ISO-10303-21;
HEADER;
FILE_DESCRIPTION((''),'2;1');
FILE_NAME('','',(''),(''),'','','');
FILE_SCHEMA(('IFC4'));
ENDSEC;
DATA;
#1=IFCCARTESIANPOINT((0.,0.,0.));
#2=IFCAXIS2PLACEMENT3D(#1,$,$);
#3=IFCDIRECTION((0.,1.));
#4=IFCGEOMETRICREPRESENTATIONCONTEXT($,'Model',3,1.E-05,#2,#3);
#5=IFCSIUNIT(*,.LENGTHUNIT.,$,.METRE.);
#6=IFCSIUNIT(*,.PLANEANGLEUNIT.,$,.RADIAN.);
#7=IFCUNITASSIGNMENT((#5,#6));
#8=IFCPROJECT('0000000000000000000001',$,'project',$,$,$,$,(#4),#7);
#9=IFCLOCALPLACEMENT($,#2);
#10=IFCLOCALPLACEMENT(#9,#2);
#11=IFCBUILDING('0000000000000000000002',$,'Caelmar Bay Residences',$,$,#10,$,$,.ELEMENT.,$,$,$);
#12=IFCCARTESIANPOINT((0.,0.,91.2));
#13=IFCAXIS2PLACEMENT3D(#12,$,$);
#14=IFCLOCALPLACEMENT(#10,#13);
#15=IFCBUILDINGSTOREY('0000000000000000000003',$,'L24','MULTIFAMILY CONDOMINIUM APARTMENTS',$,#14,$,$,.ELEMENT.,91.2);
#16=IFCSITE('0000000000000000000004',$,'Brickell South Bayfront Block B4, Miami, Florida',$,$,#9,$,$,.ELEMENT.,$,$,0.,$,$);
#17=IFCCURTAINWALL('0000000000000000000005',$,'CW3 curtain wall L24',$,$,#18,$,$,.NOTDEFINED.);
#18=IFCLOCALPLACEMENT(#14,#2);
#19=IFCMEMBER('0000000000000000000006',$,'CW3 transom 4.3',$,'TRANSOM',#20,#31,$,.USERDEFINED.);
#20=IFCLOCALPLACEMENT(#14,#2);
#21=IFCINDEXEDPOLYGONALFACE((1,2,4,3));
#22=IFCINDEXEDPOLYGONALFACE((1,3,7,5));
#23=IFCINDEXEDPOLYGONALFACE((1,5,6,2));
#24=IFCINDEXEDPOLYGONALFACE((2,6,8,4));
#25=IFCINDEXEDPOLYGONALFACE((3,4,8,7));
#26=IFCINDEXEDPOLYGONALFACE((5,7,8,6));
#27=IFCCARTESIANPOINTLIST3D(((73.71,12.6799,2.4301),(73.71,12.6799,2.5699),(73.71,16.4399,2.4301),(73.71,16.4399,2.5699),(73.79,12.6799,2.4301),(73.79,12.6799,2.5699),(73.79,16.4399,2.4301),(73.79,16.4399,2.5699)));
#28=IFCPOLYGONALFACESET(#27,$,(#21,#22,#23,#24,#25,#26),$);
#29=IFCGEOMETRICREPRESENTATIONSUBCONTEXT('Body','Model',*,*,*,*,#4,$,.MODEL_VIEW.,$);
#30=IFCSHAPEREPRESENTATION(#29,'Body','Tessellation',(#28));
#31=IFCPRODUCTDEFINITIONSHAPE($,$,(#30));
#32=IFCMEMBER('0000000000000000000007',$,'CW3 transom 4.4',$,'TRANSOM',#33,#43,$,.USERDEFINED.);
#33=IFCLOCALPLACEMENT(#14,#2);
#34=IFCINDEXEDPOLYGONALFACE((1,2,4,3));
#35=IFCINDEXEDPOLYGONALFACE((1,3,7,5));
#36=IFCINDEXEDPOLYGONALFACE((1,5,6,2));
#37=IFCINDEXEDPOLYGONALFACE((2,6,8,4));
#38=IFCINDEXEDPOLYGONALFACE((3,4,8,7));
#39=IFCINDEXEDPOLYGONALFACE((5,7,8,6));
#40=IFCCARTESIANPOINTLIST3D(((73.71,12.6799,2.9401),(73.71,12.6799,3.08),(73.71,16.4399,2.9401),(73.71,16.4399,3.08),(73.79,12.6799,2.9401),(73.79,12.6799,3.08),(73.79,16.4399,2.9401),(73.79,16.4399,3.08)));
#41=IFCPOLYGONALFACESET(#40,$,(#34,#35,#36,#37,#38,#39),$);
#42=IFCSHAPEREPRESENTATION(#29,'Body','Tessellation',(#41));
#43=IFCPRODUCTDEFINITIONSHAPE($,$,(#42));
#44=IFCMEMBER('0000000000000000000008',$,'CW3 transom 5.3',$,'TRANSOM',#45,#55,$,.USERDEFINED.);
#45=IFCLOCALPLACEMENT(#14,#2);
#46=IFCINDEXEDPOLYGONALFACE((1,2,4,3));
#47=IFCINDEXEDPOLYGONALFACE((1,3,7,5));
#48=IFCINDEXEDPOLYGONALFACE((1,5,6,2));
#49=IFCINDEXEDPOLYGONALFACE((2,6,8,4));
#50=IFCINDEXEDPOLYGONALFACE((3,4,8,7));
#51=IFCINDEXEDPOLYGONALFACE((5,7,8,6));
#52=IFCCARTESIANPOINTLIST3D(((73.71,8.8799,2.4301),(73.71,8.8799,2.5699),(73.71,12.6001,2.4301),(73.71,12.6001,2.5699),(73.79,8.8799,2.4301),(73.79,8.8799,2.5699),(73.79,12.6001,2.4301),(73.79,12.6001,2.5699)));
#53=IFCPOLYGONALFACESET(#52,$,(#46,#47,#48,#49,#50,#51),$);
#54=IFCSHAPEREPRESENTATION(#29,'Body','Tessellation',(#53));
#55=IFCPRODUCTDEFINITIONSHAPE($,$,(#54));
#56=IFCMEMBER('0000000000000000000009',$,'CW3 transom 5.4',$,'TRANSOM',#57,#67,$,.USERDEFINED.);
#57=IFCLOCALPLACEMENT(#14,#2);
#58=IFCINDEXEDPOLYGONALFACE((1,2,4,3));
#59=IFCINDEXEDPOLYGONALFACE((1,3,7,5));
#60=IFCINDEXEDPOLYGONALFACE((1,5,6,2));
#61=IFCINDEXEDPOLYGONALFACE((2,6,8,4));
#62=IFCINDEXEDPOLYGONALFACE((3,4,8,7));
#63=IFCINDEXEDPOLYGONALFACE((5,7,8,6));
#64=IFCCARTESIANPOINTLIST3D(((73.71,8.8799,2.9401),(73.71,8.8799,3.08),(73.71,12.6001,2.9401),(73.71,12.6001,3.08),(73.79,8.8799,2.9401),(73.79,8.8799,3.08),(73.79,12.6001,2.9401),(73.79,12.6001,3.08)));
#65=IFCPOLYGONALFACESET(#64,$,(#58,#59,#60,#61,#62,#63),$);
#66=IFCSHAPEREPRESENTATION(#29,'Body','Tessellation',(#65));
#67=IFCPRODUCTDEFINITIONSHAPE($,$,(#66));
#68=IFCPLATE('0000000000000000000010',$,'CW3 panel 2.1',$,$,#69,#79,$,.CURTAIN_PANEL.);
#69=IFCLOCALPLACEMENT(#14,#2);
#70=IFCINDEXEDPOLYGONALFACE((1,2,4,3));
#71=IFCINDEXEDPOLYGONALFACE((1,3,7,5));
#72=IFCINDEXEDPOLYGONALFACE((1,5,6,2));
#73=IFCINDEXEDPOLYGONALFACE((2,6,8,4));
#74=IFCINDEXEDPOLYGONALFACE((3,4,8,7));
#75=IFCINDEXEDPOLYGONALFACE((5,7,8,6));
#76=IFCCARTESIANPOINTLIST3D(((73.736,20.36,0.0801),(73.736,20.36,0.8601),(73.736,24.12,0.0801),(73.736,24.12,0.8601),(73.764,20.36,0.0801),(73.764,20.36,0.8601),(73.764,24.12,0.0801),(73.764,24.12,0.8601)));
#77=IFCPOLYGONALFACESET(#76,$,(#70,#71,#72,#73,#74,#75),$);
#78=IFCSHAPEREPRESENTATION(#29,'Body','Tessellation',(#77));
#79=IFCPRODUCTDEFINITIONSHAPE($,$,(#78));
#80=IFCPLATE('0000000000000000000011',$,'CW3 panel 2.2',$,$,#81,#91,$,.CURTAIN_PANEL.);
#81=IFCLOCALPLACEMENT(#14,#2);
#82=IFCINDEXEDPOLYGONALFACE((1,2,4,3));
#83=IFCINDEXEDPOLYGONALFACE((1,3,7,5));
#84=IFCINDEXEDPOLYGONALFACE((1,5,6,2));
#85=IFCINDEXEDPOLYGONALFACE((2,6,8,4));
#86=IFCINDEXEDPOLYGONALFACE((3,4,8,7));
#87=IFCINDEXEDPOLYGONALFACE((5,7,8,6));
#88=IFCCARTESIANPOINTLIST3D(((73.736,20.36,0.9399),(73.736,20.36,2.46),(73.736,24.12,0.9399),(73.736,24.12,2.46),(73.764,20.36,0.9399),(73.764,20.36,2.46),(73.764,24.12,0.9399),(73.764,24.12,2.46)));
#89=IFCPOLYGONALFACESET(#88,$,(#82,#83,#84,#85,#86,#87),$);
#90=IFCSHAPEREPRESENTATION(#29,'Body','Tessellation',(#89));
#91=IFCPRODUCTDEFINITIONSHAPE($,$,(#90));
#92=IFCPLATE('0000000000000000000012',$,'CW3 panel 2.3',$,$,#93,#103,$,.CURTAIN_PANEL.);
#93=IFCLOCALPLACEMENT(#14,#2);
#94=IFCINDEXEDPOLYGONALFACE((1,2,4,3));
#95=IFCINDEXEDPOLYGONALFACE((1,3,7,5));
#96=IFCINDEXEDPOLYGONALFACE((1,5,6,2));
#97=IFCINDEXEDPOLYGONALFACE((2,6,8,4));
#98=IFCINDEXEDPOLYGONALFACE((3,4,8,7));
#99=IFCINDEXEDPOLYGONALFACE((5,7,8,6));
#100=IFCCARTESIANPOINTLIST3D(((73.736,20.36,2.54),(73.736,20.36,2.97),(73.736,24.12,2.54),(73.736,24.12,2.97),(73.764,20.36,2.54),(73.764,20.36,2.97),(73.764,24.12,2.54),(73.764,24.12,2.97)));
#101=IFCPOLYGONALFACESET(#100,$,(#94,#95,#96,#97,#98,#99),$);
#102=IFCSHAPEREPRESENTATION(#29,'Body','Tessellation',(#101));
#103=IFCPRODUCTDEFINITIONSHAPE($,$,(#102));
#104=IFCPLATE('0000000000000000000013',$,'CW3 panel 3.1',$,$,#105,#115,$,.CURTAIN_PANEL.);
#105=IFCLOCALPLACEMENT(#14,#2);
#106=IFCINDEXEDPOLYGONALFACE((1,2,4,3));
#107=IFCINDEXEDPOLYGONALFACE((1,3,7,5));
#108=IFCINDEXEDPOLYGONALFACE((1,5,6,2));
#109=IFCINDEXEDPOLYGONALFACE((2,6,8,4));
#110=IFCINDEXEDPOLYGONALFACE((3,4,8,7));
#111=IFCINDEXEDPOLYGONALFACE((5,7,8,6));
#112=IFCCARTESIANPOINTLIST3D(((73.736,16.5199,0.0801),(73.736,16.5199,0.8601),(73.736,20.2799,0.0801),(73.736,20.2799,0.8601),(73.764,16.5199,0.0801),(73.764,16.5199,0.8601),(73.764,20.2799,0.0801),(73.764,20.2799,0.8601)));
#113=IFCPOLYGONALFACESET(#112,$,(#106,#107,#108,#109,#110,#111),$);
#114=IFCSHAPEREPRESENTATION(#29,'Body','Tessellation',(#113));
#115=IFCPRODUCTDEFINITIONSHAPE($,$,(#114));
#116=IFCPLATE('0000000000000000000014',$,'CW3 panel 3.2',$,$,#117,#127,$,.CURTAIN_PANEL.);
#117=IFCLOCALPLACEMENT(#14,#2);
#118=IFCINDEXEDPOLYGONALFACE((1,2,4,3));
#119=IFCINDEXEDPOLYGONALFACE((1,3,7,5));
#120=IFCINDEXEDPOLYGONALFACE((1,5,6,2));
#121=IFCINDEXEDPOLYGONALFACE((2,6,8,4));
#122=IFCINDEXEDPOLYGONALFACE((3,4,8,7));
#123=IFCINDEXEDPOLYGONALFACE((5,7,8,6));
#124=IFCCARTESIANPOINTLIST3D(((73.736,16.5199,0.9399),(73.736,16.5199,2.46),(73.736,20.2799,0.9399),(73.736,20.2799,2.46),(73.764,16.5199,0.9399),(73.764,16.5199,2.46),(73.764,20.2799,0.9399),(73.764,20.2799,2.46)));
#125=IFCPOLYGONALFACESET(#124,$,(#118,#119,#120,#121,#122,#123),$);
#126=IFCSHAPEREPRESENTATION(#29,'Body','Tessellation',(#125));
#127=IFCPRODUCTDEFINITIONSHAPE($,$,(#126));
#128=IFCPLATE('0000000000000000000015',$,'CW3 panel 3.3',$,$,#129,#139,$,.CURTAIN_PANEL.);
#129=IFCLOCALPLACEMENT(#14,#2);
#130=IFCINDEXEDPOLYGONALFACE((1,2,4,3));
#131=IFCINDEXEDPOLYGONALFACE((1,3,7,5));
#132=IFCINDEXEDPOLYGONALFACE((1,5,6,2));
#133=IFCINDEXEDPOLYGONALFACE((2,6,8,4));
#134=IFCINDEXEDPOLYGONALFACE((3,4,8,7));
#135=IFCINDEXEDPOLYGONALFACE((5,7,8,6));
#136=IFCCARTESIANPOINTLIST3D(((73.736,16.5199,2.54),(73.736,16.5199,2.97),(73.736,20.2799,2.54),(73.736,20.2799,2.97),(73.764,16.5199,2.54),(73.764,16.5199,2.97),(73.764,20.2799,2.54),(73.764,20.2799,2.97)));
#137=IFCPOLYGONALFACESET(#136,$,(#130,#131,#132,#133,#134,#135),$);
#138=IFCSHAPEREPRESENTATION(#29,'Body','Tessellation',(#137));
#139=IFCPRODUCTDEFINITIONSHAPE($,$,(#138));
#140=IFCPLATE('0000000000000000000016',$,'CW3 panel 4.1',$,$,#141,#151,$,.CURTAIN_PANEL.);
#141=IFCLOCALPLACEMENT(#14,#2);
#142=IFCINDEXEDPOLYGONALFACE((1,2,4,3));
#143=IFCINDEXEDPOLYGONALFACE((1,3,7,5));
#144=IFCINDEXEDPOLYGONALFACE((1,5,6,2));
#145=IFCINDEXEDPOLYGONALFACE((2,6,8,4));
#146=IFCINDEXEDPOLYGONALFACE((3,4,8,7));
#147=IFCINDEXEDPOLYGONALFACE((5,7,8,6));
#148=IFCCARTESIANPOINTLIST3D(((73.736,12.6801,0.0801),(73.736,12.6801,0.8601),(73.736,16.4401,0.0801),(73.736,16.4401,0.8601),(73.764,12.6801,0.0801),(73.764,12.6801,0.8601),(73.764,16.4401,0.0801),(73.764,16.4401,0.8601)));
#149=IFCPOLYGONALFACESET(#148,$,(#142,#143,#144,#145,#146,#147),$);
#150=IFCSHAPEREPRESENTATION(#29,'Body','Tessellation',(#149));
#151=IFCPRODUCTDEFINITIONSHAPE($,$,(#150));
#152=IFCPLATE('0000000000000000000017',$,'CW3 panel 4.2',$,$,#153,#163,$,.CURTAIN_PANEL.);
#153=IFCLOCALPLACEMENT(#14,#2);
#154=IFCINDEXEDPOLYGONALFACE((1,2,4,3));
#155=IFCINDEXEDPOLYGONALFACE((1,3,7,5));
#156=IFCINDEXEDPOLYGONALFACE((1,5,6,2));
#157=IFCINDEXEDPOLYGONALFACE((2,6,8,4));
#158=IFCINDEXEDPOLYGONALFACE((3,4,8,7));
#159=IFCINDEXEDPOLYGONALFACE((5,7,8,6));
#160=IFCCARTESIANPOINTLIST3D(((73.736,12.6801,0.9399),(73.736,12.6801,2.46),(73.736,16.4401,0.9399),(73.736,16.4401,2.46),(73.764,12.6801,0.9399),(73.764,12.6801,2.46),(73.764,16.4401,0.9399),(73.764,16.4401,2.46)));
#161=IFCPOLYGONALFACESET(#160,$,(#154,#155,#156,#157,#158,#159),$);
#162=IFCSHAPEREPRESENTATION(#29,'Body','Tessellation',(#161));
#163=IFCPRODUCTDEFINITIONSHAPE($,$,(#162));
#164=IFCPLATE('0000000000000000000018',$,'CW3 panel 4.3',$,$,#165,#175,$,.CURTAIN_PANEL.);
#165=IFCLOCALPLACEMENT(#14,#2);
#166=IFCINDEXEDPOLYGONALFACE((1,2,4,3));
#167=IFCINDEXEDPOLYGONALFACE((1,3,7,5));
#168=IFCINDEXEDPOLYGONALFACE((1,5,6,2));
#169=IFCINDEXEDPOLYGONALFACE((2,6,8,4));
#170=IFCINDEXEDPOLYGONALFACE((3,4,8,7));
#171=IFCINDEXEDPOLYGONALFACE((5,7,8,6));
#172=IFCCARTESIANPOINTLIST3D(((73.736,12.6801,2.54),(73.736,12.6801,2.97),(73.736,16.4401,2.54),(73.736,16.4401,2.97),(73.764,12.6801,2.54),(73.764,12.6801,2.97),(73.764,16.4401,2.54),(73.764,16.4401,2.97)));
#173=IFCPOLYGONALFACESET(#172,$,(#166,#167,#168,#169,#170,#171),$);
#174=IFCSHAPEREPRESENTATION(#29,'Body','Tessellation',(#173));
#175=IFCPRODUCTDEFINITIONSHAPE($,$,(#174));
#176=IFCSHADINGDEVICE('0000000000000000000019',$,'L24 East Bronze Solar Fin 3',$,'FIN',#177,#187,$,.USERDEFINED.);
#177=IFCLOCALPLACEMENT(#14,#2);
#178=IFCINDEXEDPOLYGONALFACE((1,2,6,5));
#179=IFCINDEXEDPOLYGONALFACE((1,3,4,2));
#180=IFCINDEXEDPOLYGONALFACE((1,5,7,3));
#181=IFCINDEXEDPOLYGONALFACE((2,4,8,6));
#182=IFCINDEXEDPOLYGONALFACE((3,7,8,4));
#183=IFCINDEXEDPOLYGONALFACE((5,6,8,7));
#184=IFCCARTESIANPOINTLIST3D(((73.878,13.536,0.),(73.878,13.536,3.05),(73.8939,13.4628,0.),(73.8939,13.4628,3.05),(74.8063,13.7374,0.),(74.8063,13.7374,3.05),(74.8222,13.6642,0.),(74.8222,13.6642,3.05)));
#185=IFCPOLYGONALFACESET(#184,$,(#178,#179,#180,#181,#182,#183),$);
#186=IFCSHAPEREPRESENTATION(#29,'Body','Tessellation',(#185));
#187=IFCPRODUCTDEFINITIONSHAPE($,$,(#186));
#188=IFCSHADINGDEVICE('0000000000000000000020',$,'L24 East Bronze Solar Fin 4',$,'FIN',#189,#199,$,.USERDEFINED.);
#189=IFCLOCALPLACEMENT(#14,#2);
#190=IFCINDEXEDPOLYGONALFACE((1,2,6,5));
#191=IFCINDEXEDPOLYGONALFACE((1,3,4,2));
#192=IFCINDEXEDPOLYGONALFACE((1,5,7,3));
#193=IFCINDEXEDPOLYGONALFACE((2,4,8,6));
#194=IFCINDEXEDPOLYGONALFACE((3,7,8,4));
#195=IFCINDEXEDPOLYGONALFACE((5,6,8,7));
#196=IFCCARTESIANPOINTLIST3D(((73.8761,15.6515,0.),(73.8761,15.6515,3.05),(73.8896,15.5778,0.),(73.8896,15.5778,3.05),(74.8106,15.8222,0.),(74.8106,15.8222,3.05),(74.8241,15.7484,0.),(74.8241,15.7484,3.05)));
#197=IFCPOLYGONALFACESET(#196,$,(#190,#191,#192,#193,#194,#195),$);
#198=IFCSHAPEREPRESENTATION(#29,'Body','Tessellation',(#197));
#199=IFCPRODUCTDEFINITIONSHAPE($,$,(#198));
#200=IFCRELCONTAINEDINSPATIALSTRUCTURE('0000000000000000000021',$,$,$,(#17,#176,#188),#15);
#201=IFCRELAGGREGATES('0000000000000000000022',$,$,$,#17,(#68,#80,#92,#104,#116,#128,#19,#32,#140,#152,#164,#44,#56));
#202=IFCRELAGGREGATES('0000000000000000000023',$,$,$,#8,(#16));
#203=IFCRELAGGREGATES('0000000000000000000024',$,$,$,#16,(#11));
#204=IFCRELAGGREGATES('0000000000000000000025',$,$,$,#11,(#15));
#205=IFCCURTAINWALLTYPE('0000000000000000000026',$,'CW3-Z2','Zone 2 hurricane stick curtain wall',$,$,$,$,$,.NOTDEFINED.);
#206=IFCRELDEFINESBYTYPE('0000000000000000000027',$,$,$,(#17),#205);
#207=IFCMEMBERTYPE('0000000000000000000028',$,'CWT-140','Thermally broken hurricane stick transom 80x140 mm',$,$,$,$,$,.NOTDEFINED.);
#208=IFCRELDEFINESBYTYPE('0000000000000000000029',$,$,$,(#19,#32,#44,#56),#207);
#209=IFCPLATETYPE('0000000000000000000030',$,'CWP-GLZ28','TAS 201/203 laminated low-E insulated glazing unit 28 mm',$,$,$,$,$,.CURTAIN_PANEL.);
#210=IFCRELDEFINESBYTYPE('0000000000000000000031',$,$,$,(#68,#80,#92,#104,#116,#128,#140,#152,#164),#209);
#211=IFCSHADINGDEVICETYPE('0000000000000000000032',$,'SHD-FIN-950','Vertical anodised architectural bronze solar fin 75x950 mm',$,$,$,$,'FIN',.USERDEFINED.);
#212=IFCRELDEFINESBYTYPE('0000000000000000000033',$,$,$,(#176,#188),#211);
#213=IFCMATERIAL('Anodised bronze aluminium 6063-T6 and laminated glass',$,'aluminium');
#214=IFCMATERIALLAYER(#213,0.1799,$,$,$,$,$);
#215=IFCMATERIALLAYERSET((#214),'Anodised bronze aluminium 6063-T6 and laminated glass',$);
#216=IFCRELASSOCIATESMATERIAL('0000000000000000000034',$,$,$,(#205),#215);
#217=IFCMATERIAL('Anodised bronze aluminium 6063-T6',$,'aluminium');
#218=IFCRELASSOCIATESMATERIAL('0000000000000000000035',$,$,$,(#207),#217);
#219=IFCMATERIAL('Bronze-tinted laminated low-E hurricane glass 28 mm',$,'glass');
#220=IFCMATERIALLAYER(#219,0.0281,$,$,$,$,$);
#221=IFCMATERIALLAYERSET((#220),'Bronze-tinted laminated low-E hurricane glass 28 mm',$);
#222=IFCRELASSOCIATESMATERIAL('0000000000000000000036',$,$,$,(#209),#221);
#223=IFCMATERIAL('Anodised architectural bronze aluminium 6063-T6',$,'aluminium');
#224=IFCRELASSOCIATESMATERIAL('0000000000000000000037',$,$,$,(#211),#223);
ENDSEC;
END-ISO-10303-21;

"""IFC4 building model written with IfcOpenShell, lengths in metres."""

from ifc_helpers import new_model, si_unit, direction, frame, origin, origin_2d, place, context, subcontext, project, spatial, rectangle, extrude, material, layer, layer_set, material_profile, profile_set, type_object, element, aggregate, save


model = new_model("IFC4")

# Units and contexts
model_context = context("Model", 3, precision=1e-05, world=origin(), true_north=direction((0.0, 1.0)))
body_context = subcontext(model_context, "Body", "Model", "MODEL_VIEW")
ifc_project = project(units=[si_unit("LENGTHUNIT", "METRE"), si_unit("PLANEANGLEUNIT", "RADIAN")], contexts=[model_context])

# Site, building, storey
site_placement = place(None, origin())
site = spatial("IfcSite", under=ifc_project, at=site_placement, Name="Brickell South Bayfront Block B4, Miami, Florida", CompositionType="ELEMENT", RefElevation=0.0)
building_placement = place(site_placement, origin())
building = spatial("IfcBuilding", under=site, at=building_placement, Name="Caelmar Bay Residences", CompositionType="ELEMENT")
storey_placement = place(building_placement, frame((0.0, 0.0, 91.2)))
storey = spatial("IfcBuildingStorey", under=building, at=storey_placement, Name="L24", Description="MULTIFAMILY CONDOMINIUM APARTMENTS", CompositionType="ELEMENT", Elevation=91.2)

# Curtain wall, members, plates
ifc_material_1 = material(Name="Anodised bronze aluminium 6063-T6 and laminated glass", Category="aluminium")
ifc_layer_1 = layer(ifc_material_1, 0.1799)
ifc_layer_set_1 = layer_set([ifc_layer_1], Name="Anodised bronze aluminium 6063-T6 and laminated glass")
curtain_wall_type = type_object("IfcCurtainWallType", Name="CW3-Z2", Description="Zone 2 hurricane stick curtain wall", PredefinedType="NOTDEFINED", material=ifc_layer_set_1)
curtain_wall_placement = place(storey_placement, origin())
curtain_wall = element("IfcCurtainWall", 1, at=curtain_wall_placement, inside=storey, type_object=curtain_wall_type, Name="CW3 curtain wall L24", PredefinedType="NOTDEFINED")
ifc_material_2 = material(Name="Anodised bronze aluminium 6063-T6", Category="aluminium")
ifc_material_profile_1 = material_profile(ifc_material_2, rectangle(XDim=0.0801, YDim=0.1399, at=origin_2d()), Name="CWT-80X140")
ifc_profile_set_1 = profile_set([ifc_material_profile_1], Name="Anodised bronze aluminium 6063-T6")
member_type_1 = type_object("IfcMemberType", Name="CWT-140", Description="Thermally broken hurricane stick transom 80x140 mm", PredefinedType="NOTDEFINED", material=ifc_profile_set_1)
member_1_placement = place(storey_placement, frame((73.75, 16.4399, 2.5), z_axis=(0.0, -1.0, 0.0), x_axis=(1.0, 0.0, 0.0)))
member_1 = element("IfcMember", 2, at=member_1_placement, type_object=member_type_1, Name="CW3 transom 4.3", ObjectType="TRANSOM", PredefinedType="USERDEFINED", context=body_context, shape_type="SweptSolid", body=[
    extrude(rectangle(XDim=0.0801, YDim=0.1399, at=origin_2d()), origin(), (0.0, 0.0, 1.0), 3.76),
])
member_2_placement = place(storey_placement, frame((73.75, 16.4399, 3.01), z_axis=(0.0, -1.0, 0.0), x_axis=(1.0, 0.0, 0.0)))
member_2 = element("IfcMember", 3, at=member_2_placement, type_object=member_type_1, Name="CW3 transom 4.4", ObjectType="TRANSOM", PredefinedType="USERDEFINED", context=body_context, shape_type="SweptSolid", body=[
    extrude(rectangle(XDim=0.0801, YDim=0.1399, at=origin_2d()), origin(), (0.0, 0.0, 1.0), 3.76),
])
member_3_placement = place(storey_placement, frame((73.75, 12.6001, 2.5), z_axis=(0.0, -1.0, 0.0), x_axis=(1.0, 0.0, 0.0)))
member_3 = element("IfcMember", 4, at=member_3_placement, type_object=member_type_1, Name="CW3 transom 5.3", ObjectType="TRANSOM", PredefinedType="USERDEFINED", context=body_context, shape_type="SweptSolid", body=[
    extrude(rectangle(XDim=0.0801, YDim=0.1399, at=origin_2d()), origin(), (0.0, 0.0, 1.0), 3.7202),
])
member_4_placement = place(storey_placement, frame((73.75, 12.6001, 3.01), z_axis=(0.0, -1.0, 0.0), x_axis=(1.0, 0.0, 0.0)))
member_4 = element("IfcMember", 5, at=member_4_placement, type_object=member_type_1, Name="CW3 transom 5.4", ObjectType="TRANSOM", PredefinedType="USERDEFINED", context=body_context, shape_type="SweptSolid", body=[
    extrude(rectangle(XDim=0.0801, YDim=0.1399, at=origin_2d()), origin(), (0.0, 0.0, 1.0), 3.7202),
])
ifc_material_3 = material(Name="Bronze-tinted laminated low-E hurricane glass 28 mm", Category="glass")
ifc_layer_2 = layer(ifc_material_3, 0.0281)
ifc_layer_set_2 = layer_set([ifc_layer_2], Name="Bronze-tinted laminated low-E hurricane glass 28 mm")
plate_type = type_object("IfcPlateType", Name="CWP-GLZ28", Description="TAS 201/203 laminated low-E insulated glazing unit 28 mm", PredefinedType="CURTAIN_PANEL", material=ifc_layer_set_2)
plate_1_placement = place(storey_placement, frame((73.75, 22.24, 0.0801), z_axis=(0.0, 0.0, 1.0), x_axis=(0.0, -1.0, 0.0)))
plate_1 = element("IfcPlate", 6, at=plate_1_placement, type_object=plate_type, Name="CW3 panel 2.1", PredefinedType="CURTAIN_PANEL", context=body_context, shape_type="SweptSolid", body=[
    extrude(rectangle(XDim=3.76, YDim=0.0281, at=origin_2d()), origin(), (0.0, 0.0, 1.0), 0.78),
])
plate_2_placement = place(storey_placement, frame((73.75, 22.24, 0.9399), z_axis=(0.0, 0.0, 1.0), x_axis=(0.0, -1.0, 0.0)))
plate_2 = element("IfcPlate", 7, at=plate_2_placement, type_object=plate_type, Name="CW3 panel 2.2", PredefinedType="CURTAIN_PANEL", context=body_context, shape_type="SweptSolid", body=[
    extrude(rectangle(XDim=3.76, YDim=0.0281, at=origin_2d()), origin(), (0.0, 0.0, 1.0), 1.52),
])
plate_3_placement = place(storey_placement, frame((73.75, 22.24, 2.54), z_axis=(0.0, 0.0, 1.0), x_axis=(0.0, -1.0, 0.0)))
plate_3 = element("IfcPlate", 8, at=plate_3_placement, type_object=plate_type, Name="CW3 panel 2.3", PredefinedType="CURTAIN_PANEL", context=body_context, shape_type="SweptSolid", body=[
    extrude(rectangle(XDim=3.76, YDim=0.0281, at=origin_2d()), origin(), (0.0, 0.0, 1.0), 0.4299),
])
plate_4_placement = place(storey_placement, frame((73.75, 18.3999, 0.0801), z_axis=(0.0, 0.0, 1.0), x_axis=(0.0, -1.0, 0.0)))
plate_4 = element("IfcPlate", 9, at=plate_4_placement, type_object=plate_type, Name="CW3 panel 3.1", PredefinedType="CURTAIN_PANEL", context=body_context, shape_type="SweptSolid", body=[
    extrude(rectangle(XDim=3.76, YDim=0.0281, at=origin_2d()), origin(), (0.0, 0.0, 1.0), 0.78),
])
plate_5_placement = place(storey_placement, frame((73.75, 18.3999, 0.9399), z_axis=(0.0, 0.0, 1.0), x_axis=(0.0, -1.0, 0.0)))
plate_5 = element("IfcPlate", 10, at=plate_5_placement, type_object=plate_type, Name="CW3 panel 3.2", PredefinedType="CURTAIN_PANEL", context=body_context, shape_type="SweptSolid", body=[
    extrude(rectangle(XDim=3.76, YDim=0.0281, at=origin_2d()), origin(), (0.0, 0.0, 1.0), 1.52),
])
plate_6_placement = place(storey_placement, frame((73.75, 18.3999, 2.54), z_axis=(0.0, 0.0, 1.0), x_axis=(0.0, -1.0, 0.0)))
plate_6 = element("IfcPlate", 11, at=plate_6_placement, type_object=plate_type, Name="CW3 panel 3.3", PredefinedType="CURTAIN_PANEL", context=body_context, shape_type="SweptSolid", body=[
    extrude(rectangle(XDim=3.76, YDim=0.0281, at=origin_2d()), origin(), (0.0, 0.0, 1.0), 0.4299),
])
plate_7_placement = place(storey_placement, frame((73.75, 14.5601, 0.0801), z_axis=(0.0, 0.0, 1.0), x_axis=(0.0, -1.0, 0.0)))
plate_7 = element("IfcPlate", 12, at=plate_7_placement, type_object=plate_type, Name="CW3 panel 4.1", PredefinedType="CURTAIN_PANEL", context=body_context, shape_type="SweptSolid", body=[
    extrude(rectangle(XDim=3.76, YDim=0.0281, at=origin_2d()), origin(), (0.0, 0.0, 1.0), 0.78),
])
plate_8_placement = place(storey_placement, frame((73.75, 14.5601, 0.9399), z_axis=(0.0, 0.0, 1.0), x_axis=(0.0, -1.0, 0.0)))
plate_8 = element("IfcPlate", 13, at=plate_8_placement, type_object=plate_type, Name="CW3 panel 4.2", PredefinedType="CURTAIN_PANEL", context=body_context, shape_type="SweptSolid", body=[
    extrude(rectangle(XDim=3.76, YDim=0.0281, at=origin_2d()), origin(), (0.0, 0.0, 1.0), 1.52),
])
plate_9_placement = place(storey_placement, frame((73.75, 14.5601, 2.54), z_axis=(0.0, 0.0, 1.0), x_axis=(0.0, -1.0, 0.0)))
plate_9 = element("IfcPlate", 14, at=plate_9_placement, type_object=plate_type, Name="CW3 panel 4.3", PredefinedType="CURTAIN_PANEL", context=body_context, shape_type="SweptSolid", body=[
    extrude(rectangle(XDim=3.76, YDim=0.0281, at=origin_2d()), origin(), (0.0, 0.0, 1.0), 0.4299),
])
aggregate(curtain_wall, [plate_1, plate_2, plate_3, plate_4, plate_5, plate_6, member_1, member_2, plate_7, plate_8, plate_9, member_3, member_4])

# Shading devices
ifc_material_4 = material(Name="Anodised architectural bronze aluminium 6063-T6", Category="aluminium")
ifc_material_profile_2 = material_profile(ifc_material_4, rectangle(XDim=0.075, YDim=0.95, at=origin_2d()), Name="BRONZE-FIN-75X950")
ifc_profile_set_2 = profile_set([ifc_material_profile_2], Name="Anodised architectural bronze aluminium 6063-T6")
shading_device_type = type_object("IfcShadingDeviceType", Name="SHD-FIN-950", Description="Vertical anodised architectural bronze solar fin 75x950 mm", ElementType="FIN", PredefinedType="USERDEFINED", material=ifc_profile_set_2)
for number, where, z_axis, x_axis, name in (
    (15, (74.3501, 13.6001, 0.0), (0.0, 0.0, 1.0), (-0.212007, 0.977268, 0.0), "L24 East Bronze Solar Fin 3"),
    (16, (74.3501, 15.7, 0.0), (0.0, 0.0, 1.0), (-0.179661, 0.983729, 0.0), "L24 East Bronze Solar Fin 4"),
):
    element("IfcShadingDevice", number, at=place(storey_placement, frame(where, z_axis=z_axis, x_axis=x_axis)), inside=storey, type_object=shading_device_type, Name=name, ObjectType="FIN", PredefinedType="USERDEFINED", context=body_context, shape_type="SweptSolid", body=[
        extrude(rectangle(XDim=0.075, YDim=0.95, at=origin_2d()), origin(), (0.0, 0.0, 1.0), 3.05),
    ])

save(model, "model.ifc")
